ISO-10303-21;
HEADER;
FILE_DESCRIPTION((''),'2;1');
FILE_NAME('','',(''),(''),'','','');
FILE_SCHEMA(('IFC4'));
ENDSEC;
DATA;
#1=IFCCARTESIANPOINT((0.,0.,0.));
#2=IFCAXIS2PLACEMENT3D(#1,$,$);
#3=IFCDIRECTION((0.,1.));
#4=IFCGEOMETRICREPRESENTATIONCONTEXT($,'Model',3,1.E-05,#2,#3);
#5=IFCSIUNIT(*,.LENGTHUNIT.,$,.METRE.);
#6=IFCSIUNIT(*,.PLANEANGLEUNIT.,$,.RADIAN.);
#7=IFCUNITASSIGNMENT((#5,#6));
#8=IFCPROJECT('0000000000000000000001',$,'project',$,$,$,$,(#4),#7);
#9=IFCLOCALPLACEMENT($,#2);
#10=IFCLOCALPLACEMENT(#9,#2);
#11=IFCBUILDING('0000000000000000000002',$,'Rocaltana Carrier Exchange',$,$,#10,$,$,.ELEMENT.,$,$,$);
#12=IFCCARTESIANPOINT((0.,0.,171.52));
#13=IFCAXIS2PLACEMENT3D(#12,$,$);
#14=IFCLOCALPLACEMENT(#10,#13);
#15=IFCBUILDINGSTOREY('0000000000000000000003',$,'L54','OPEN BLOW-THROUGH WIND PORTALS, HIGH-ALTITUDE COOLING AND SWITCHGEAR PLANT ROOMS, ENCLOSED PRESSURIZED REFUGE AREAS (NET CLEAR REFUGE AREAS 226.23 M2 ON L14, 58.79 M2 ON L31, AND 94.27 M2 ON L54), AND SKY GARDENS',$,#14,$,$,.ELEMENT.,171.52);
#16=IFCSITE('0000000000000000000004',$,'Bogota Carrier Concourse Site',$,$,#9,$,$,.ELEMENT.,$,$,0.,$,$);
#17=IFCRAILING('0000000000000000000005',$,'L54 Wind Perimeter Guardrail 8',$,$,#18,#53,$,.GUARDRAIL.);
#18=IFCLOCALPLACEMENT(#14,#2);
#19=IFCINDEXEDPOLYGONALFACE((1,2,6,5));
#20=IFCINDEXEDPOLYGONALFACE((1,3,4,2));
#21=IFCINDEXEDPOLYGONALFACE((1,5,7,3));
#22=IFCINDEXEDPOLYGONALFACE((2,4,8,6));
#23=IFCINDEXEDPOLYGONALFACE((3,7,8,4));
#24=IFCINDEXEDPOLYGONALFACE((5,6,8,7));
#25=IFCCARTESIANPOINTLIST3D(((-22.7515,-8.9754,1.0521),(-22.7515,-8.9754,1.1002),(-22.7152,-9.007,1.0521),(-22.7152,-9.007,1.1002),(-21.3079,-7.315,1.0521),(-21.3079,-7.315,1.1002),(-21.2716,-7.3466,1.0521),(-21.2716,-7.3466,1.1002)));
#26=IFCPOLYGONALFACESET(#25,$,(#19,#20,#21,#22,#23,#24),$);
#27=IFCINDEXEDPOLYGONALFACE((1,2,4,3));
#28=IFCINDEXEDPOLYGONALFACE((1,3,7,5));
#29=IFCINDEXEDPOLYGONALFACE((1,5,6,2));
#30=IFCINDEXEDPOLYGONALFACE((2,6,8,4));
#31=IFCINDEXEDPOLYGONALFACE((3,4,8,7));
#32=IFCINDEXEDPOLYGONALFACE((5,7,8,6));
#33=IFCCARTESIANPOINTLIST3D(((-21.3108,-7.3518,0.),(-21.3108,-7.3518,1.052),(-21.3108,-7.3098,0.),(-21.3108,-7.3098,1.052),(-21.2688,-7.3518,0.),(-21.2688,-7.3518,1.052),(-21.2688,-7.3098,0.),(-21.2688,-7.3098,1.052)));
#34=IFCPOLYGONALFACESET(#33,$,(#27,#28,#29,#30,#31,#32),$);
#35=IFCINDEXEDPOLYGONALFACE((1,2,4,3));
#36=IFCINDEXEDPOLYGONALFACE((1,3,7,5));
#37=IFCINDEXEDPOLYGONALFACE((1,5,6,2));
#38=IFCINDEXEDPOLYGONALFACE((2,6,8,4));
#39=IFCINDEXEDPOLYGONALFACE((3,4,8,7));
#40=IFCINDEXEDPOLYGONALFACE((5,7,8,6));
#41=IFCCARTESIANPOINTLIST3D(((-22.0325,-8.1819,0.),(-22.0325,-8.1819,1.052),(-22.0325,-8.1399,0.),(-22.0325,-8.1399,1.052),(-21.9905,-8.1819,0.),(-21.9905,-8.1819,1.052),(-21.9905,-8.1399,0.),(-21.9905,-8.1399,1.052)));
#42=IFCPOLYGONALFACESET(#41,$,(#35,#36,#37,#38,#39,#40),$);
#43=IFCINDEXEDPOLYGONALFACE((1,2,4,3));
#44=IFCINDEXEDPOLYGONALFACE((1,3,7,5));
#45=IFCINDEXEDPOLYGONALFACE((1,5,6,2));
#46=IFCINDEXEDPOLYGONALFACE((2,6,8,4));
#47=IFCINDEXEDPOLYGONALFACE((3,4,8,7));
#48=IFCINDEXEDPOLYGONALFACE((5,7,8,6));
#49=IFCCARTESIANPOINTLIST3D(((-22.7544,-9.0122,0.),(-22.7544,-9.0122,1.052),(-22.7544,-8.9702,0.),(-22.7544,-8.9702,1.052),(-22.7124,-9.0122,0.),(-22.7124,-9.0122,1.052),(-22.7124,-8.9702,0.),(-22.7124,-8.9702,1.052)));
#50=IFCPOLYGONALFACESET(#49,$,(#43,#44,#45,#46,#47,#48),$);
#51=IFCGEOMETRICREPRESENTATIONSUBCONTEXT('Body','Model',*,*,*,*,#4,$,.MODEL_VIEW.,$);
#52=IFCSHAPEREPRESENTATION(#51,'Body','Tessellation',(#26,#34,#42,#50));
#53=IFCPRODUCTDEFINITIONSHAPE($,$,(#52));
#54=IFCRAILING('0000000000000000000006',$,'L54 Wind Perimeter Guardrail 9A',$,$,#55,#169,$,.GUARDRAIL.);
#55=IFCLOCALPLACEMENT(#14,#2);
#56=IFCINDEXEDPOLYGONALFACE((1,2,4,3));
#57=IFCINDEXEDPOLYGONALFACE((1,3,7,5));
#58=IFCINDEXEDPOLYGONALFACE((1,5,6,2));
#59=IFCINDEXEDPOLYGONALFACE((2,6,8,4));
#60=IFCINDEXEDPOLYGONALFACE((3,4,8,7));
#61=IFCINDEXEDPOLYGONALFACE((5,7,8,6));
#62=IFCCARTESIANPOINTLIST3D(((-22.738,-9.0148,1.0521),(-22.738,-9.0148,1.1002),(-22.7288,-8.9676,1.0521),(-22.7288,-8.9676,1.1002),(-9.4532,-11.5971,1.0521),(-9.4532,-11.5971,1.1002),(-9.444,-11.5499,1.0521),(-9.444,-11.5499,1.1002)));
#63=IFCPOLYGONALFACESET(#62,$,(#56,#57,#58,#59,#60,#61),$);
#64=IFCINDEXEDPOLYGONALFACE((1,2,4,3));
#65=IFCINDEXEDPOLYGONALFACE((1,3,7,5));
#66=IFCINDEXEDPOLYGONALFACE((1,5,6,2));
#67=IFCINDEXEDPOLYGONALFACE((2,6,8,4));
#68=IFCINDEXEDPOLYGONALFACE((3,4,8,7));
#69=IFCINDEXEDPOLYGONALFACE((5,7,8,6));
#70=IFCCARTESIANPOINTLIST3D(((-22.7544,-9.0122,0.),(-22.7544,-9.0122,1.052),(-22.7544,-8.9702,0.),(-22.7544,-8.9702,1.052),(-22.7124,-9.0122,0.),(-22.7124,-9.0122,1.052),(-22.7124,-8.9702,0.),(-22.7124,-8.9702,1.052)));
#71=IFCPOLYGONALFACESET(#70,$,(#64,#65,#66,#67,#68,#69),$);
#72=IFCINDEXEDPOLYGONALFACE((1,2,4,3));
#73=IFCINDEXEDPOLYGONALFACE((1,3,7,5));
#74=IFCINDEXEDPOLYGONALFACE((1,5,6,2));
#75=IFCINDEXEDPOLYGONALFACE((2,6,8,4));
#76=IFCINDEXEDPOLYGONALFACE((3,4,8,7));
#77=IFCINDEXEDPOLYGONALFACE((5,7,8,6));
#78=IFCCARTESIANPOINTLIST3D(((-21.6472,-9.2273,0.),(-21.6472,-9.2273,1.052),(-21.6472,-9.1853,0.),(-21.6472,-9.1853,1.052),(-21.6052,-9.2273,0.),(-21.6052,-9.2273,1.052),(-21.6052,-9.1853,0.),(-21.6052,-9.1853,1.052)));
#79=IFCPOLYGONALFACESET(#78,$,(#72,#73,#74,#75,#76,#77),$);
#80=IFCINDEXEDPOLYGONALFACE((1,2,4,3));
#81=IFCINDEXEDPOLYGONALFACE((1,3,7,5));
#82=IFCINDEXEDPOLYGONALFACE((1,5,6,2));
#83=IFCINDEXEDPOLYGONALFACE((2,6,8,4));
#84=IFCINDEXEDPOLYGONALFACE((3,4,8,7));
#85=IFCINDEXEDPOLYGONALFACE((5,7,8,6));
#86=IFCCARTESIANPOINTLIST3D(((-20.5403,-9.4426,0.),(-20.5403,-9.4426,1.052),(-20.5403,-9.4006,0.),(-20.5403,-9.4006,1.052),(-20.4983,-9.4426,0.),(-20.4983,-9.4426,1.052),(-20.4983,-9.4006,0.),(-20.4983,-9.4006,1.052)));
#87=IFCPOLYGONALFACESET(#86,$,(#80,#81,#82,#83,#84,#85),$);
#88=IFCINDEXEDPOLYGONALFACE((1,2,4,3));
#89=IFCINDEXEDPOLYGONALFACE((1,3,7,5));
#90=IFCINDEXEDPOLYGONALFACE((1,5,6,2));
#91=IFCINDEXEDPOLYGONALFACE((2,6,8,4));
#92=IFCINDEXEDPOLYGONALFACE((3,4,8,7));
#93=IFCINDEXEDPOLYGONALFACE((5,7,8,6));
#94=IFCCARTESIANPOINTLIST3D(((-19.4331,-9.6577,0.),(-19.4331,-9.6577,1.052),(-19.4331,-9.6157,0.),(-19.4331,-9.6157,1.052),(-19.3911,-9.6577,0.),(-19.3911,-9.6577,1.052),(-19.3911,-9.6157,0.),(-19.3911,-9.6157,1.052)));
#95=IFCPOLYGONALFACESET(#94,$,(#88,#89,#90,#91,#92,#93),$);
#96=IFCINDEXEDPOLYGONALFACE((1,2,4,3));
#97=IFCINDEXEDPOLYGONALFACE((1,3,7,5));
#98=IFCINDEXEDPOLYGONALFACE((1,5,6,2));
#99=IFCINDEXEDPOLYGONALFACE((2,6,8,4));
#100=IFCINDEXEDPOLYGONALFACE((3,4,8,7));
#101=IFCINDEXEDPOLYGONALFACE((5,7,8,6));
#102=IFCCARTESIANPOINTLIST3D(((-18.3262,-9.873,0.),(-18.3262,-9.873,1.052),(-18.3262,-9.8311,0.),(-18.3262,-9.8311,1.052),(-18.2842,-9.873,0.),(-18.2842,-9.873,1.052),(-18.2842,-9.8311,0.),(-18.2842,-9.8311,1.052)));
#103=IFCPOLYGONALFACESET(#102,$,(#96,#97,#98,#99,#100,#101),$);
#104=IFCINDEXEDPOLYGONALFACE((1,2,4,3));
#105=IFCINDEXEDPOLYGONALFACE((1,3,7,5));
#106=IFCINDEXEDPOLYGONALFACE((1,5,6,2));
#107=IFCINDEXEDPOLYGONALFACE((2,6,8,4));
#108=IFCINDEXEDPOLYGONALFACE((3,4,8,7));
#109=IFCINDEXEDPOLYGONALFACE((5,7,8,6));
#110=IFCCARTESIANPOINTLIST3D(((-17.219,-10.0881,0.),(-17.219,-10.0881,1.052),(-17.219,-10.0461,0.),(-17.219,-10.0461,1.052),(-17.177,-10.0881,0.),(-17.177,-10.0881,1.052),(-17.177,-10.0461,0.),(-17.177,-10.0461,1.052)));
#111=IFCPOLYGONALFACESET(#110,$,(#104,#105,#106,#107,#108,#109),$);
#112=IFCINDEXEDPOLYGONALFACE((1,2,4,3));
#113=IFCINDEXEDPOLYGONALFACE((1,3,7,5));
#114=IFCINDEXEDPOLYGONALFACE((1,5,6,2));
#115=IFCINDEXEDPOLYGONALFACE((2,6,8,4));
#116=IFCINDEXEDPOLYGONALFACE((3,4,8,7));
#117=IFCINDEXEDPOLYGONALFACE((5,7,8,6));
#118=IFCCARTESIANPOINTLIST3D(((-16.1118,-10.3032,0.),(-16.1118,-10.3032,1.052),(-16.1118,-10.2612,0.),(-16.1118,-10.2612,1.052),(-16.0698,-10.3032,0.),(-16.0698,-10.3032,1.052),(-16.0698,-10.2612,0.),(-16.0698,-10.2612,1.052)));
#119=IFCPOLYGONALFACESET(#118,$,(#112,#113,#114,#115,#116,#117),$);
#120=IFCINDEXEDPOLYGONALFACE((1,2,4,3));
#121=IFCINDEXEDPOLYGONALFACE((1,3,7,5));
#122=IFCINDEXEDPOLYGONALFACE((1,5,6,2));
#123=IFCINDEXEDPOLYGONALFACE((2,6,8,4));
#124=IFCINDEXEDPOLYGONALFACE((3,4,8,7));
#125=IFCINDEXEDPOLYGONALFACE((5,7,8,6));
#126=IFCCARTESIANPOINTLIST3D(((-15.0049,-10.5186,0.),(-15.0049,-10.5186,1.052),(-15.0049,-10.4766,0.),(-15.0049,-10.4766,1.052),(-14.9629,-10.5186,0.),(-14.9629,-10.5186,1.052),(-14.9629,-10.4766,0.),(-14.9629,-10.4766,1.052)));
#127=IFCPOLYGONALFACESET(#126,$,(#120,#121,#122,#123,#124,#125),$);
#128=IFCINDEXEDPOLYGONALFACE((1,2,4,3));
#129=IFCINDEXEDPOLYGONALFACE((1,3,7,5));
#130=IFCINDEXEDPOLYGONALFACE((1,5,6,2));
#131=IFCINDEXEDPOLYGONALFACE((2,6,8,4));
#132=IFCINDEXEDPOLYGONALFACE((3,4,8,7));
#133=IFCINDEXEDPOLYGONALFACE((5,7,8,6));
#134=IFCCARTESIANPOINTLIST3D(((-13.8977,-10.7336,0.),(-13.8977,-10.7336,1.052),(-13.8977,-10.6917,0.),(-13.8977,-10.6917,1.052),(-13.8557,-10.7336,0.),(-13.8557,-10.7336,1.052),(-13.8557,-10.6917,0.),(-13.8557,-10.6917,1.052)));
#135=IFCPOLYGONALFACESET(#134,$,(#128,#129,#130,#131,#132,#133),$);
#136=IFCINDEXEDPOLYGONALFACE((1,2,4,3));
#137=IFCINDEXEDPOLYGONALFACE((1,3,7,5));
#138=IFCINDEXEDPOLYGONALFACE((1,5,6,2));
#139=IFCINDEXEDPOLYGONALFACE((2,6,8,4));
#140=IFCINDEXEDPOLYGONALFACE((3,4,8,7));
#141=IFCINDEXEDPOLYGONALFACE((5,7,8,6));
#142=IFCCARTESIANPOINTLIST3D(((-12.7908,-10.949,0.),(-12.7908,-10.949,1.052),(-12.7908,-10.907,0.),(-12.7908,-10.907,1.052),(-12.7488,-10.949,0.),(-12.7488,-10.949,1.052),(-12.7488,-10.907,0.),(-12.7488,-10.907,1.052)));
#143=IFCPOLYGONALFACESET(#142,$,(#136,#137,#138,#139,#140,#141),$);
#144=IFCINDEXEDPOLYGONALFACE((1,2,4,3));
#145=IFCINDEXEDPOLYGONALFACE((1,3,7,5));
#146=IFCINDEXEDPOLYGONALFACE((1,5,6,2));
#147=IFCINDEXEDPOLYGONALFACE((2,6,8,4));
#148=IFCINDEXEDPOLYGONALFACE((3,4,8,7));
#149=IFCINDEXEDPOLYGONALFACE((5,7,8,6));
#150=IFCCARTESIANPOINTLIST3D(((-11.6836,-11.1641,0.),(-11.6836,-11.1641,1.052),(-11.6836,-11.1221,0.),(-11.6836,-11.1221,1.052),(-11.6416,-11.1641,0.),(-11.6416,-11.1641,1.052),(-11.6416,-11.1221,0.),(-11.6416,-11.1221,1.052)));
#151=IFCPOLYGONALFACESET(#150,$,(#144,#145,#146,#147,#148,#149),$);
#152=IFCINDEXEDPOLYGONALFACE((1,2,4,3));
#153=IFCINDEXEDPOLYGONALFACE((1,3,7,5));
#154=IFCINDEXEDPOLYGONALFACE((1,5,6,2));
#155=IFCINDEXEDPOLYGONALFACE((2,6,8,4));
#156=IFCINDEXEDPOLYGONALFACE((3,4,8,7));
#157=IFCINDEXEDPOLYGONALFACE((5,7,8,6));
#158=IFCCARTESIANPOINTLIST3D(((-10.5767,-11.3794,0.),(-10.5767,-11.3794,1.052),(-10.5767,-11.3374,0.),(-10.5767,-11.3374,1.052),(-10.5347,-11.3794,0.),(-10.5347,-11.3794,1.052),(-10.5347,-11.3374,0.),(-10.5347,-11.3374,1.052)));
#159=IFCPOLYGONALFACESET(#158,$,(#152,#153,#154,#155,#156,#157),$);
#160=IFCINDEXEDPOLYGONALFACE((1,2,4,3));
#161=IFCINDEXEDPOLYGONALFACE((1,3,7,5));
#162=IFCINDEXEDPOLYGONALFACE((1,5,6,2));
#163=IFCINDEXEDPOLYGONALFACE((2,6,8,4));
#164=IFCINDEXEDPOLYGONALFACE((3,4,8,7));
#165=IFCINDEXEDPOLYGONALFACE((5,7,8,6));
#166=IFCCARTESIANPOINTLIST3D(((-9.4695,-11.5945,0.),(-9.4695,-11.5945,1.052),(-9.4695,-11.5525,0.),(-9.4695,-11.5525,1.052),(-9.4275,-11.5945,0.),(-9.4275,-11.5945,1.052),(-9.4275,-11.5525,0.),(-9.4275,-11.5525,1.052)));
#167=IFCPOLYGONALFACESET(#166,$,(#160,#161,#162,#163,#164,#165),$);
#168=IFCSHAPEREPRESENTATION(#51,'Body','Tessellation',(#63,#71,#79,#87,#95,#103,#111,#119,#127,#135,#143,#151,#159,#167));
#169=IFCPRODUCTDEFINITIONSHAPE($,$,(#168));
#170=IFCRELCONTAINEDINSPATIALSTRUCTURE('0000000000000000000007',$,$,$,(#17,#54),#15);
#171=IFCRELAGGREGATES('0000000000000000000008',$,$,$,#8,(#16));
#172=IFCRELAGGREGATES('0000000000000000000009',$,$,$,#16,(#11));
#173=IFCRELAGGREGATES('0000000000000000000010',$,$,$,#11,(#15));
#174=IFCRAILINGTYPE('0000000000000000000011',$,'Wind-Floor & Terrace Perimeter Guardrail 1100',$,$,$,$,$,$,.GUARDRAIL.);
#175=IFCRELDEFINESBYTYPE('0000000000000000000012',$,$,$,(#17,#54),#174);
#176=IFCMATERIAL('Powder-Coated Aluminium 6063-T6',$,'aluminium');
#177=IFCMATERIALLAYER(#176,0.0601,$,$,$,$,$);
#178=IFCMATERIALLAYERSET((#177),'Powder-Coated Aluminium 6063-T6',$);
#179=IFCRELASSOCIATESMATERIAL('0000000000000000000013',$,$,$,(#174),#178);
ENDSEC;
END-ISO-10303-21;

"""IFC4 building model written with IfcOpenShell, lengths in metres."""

from ifc_helpers import new_model, si_unit, direction, frame, origin, origin_2d, place, context, subcontext, project, spatial, rectangle, extrude, material, layer, layer_set, type_object, element, save


model = new_model("IFC4")

# Units and contexts
model_context = context("Model", 3, precision=1e-05, world=origin(), true_north=direction((0.0, 1.0)))
body_context = subcontext(model_context, "Body", "Model", "MODEL_VIEW")
ifc_project = project(units=[si_unit("LENGTHUNIT", "METRE"), si_unit("PLANEANGLEUNIT", "RADIAN")], contexts=[model_context])

# Site, building, storey
site_placement = place(None, origin())
site = spatial("IfcSite", under=ifc_project, at=site_placement, Name="Bogota Carrier Concourse Site", CompositionType="ELEMENT", RefElevation=0.0)
building_placement = place(site_placement, origin())
building = spatial("IfcBuilding", under=site, at=building_placement, Name="Rocaltana Carrier Exchange", CompositionType="ELEMENT")
storey_placement = place(building_placement, frame((0.0, 0.0, 171.52)))
storey = spatial("IfcBuildingStorey", under=building, at=storey_placement, Name="L54", Description="OPEN BLOW-THROUGH WIND PORTALS, HIGH-ALTITUDE COOLING AND SWITCHGEAR PLANT ROOMS, ENCLOSED PRESSURIZED REFUGE AREAS (NET CLEAR REFUGE AREAS 226.23 M2 ON L14, 58.79 M2 ON L31, AND 94.27 M2 ON L54), AND SKY GARDENS", CompositionType="ELEMENT", Elevation=171.52)

# Railings
ifc_material_1 = material(Name="Powder-Coated Aluminium 6063-T6", Category="aluminium")
ifc_layer_1 = layer(ifc_material_1, 0.0601)
ifc_layer_set_1 = layer_set([ifc_layer_1], Name="Powder-Coated Aluminium 6063-T6")
railing_type_1 = type_object("IfcRailingType", Name="Wind-Floor & Terrace Perimeter Guardrail 1100", PredefinedType="GUARDRAIL", material=ifc_layer_set_1)
railing_1_placement = place(storey_placement, frame((-21.2898, -7.3308, 0.0)))
element("IfcRailing", 1, at=railing_1_placement, inside=storey, type_object=railing_type_1, Name="L54 Wind Perimeter Guardrail 8", PredefinedType="GUARDRAIL", context=body_context, shape_type="SweptSolid", body=[
    extrude(rectangle(XDim=0.0481, YDim=0.0481, at=origin_2d()), frame((0.0, 0.0, 1.0762), z_axis=(-0.656121, -0.754656, 0.0), x_axis=(0.754656, -0.656121, 0.0)), (0.0, 0.0, 1.0), 2.2002),
    extrude(rectangle(XDim=0.042, YDim=0.042, at=origin_2d()), origin(), (0.0, 0.0, 1.0), 1.052),
    extrude(rectangle(XDim=0.042, YDim=0.042, at=origin_2d()), frame((-0.7217, -0.8301, 0.0)), (0.0, 0.0, 1.0), 1.052),
    extrude(rectangle(XDim=0.042, YDim=0.042, at=origin_2d()), frame((-1.4436, -1.6604, 0.0)), (0.0, 0.0, 1.0), 1.052),
])
railing_2_placement = place(storey_placement, frame((-22.7334, -8.9912, 0.0)))
element("IfcRailing", 2, at=railing_2_placement, inside=storey, type_object=railing_type_1, Name="L54 Wind Perimeter Guardrail 9A", PredefinedType="GUARDRAIL", context=body_context, shape_type="SweptSolid", body=[
    extrude(rectangle(XDim=0.0481, YDim=0.0481, at=origin_2d()), frame((0.0, 0.0, 1.0762), z_axis=(0.981628, -0.190805, 0.0), x_axis=(0.190805, 0.981628, 0.0)), (0.0, 0.0, 1.0), 13.5334),
    extrude(rectangle(XDim=0.042, YDim=0.042, at=origin_2d()), origin(), (0.0, 0.0, 1.0), 1.052),
    extrude(rectangle(XDim=0.042, YDim=0.042, at=origin_2d()), frame((1.1072, -0.2151, 0.0)), (0.0, 0.0, 1.0), 1.052),
    extrude(rectangle(XDim=0.042, YDim=0.042, at=origin_2d()), frame((2.2141, -0.4304, 0.0)), (0.0, 0.0, 1.0), 1.052),
    extrude(rectangle(XDim=0.042, YDim=0.042, at=origin_2d()), frame((3.3213, -0.6455, 0.0)), (0.0, 0.0, 1.0), 1.052),
    extrude(rectangle(XDim=0.042, YDim=0.042, at=origin_2d()), frame((4.4282, -0.8608, 0.0)), (0.0, 0.0, 1.0), 1.052),
    extrude(rectangle(XDim=0.042, YDim=0.042, at=origin_2d()), frame((5.5354, -1.0759, 0.0)), (0.0, 0.0, 1.0), 1.052),
    extrude(rectangle(XDim=0.042, YDim=0.042, at=origin_2d()), frame((6.6426, -1.291, 0.0)), (0.0, 0.0, 1.0), 1.052),
    extrude(rectangle(XDim=0.042, YDim=0.042, at=origin_2d()), frame((7.7495, -1.5063, 0.0)), (0.0, 0.0, 1.0), 1.052),
    extrude(rectangle(XDim=0.042, YDim=0.042, at=origin_2d()), frame((8.8567, -1.7214, 0.0)), (0.0, 0.0, 1.0), 1.052),
    extrude(rectangle(XDim=0.042, YDim=0.042, at=origin_2d()), frame((9.9636, -1.9368, 0.0)), (0.0, 0.0, 1.0), 1.052),
    extrude(rectangle(XDim=0.042, YDim=0.042, at=origin_2d()), frame((11.0708, -2.1519, 0.0)), (0.0, 0.0, 1.0), 1.052),
    extrude(rectangle(XDim=0.042, YDim=0.042, at=origin_2d()), frame((12.1777, -2.3672, 0.0)), (0.0, 0.0, 1.0), 1.052),
    extrude(rectangle(XDim=0.042, YDim=0.042, at=origin_2d()), frame((13.2849, -2.5823, 0.0)), (0.0, 0.0, 1.0), 1.052),
])

save(model, "model.ifc")
